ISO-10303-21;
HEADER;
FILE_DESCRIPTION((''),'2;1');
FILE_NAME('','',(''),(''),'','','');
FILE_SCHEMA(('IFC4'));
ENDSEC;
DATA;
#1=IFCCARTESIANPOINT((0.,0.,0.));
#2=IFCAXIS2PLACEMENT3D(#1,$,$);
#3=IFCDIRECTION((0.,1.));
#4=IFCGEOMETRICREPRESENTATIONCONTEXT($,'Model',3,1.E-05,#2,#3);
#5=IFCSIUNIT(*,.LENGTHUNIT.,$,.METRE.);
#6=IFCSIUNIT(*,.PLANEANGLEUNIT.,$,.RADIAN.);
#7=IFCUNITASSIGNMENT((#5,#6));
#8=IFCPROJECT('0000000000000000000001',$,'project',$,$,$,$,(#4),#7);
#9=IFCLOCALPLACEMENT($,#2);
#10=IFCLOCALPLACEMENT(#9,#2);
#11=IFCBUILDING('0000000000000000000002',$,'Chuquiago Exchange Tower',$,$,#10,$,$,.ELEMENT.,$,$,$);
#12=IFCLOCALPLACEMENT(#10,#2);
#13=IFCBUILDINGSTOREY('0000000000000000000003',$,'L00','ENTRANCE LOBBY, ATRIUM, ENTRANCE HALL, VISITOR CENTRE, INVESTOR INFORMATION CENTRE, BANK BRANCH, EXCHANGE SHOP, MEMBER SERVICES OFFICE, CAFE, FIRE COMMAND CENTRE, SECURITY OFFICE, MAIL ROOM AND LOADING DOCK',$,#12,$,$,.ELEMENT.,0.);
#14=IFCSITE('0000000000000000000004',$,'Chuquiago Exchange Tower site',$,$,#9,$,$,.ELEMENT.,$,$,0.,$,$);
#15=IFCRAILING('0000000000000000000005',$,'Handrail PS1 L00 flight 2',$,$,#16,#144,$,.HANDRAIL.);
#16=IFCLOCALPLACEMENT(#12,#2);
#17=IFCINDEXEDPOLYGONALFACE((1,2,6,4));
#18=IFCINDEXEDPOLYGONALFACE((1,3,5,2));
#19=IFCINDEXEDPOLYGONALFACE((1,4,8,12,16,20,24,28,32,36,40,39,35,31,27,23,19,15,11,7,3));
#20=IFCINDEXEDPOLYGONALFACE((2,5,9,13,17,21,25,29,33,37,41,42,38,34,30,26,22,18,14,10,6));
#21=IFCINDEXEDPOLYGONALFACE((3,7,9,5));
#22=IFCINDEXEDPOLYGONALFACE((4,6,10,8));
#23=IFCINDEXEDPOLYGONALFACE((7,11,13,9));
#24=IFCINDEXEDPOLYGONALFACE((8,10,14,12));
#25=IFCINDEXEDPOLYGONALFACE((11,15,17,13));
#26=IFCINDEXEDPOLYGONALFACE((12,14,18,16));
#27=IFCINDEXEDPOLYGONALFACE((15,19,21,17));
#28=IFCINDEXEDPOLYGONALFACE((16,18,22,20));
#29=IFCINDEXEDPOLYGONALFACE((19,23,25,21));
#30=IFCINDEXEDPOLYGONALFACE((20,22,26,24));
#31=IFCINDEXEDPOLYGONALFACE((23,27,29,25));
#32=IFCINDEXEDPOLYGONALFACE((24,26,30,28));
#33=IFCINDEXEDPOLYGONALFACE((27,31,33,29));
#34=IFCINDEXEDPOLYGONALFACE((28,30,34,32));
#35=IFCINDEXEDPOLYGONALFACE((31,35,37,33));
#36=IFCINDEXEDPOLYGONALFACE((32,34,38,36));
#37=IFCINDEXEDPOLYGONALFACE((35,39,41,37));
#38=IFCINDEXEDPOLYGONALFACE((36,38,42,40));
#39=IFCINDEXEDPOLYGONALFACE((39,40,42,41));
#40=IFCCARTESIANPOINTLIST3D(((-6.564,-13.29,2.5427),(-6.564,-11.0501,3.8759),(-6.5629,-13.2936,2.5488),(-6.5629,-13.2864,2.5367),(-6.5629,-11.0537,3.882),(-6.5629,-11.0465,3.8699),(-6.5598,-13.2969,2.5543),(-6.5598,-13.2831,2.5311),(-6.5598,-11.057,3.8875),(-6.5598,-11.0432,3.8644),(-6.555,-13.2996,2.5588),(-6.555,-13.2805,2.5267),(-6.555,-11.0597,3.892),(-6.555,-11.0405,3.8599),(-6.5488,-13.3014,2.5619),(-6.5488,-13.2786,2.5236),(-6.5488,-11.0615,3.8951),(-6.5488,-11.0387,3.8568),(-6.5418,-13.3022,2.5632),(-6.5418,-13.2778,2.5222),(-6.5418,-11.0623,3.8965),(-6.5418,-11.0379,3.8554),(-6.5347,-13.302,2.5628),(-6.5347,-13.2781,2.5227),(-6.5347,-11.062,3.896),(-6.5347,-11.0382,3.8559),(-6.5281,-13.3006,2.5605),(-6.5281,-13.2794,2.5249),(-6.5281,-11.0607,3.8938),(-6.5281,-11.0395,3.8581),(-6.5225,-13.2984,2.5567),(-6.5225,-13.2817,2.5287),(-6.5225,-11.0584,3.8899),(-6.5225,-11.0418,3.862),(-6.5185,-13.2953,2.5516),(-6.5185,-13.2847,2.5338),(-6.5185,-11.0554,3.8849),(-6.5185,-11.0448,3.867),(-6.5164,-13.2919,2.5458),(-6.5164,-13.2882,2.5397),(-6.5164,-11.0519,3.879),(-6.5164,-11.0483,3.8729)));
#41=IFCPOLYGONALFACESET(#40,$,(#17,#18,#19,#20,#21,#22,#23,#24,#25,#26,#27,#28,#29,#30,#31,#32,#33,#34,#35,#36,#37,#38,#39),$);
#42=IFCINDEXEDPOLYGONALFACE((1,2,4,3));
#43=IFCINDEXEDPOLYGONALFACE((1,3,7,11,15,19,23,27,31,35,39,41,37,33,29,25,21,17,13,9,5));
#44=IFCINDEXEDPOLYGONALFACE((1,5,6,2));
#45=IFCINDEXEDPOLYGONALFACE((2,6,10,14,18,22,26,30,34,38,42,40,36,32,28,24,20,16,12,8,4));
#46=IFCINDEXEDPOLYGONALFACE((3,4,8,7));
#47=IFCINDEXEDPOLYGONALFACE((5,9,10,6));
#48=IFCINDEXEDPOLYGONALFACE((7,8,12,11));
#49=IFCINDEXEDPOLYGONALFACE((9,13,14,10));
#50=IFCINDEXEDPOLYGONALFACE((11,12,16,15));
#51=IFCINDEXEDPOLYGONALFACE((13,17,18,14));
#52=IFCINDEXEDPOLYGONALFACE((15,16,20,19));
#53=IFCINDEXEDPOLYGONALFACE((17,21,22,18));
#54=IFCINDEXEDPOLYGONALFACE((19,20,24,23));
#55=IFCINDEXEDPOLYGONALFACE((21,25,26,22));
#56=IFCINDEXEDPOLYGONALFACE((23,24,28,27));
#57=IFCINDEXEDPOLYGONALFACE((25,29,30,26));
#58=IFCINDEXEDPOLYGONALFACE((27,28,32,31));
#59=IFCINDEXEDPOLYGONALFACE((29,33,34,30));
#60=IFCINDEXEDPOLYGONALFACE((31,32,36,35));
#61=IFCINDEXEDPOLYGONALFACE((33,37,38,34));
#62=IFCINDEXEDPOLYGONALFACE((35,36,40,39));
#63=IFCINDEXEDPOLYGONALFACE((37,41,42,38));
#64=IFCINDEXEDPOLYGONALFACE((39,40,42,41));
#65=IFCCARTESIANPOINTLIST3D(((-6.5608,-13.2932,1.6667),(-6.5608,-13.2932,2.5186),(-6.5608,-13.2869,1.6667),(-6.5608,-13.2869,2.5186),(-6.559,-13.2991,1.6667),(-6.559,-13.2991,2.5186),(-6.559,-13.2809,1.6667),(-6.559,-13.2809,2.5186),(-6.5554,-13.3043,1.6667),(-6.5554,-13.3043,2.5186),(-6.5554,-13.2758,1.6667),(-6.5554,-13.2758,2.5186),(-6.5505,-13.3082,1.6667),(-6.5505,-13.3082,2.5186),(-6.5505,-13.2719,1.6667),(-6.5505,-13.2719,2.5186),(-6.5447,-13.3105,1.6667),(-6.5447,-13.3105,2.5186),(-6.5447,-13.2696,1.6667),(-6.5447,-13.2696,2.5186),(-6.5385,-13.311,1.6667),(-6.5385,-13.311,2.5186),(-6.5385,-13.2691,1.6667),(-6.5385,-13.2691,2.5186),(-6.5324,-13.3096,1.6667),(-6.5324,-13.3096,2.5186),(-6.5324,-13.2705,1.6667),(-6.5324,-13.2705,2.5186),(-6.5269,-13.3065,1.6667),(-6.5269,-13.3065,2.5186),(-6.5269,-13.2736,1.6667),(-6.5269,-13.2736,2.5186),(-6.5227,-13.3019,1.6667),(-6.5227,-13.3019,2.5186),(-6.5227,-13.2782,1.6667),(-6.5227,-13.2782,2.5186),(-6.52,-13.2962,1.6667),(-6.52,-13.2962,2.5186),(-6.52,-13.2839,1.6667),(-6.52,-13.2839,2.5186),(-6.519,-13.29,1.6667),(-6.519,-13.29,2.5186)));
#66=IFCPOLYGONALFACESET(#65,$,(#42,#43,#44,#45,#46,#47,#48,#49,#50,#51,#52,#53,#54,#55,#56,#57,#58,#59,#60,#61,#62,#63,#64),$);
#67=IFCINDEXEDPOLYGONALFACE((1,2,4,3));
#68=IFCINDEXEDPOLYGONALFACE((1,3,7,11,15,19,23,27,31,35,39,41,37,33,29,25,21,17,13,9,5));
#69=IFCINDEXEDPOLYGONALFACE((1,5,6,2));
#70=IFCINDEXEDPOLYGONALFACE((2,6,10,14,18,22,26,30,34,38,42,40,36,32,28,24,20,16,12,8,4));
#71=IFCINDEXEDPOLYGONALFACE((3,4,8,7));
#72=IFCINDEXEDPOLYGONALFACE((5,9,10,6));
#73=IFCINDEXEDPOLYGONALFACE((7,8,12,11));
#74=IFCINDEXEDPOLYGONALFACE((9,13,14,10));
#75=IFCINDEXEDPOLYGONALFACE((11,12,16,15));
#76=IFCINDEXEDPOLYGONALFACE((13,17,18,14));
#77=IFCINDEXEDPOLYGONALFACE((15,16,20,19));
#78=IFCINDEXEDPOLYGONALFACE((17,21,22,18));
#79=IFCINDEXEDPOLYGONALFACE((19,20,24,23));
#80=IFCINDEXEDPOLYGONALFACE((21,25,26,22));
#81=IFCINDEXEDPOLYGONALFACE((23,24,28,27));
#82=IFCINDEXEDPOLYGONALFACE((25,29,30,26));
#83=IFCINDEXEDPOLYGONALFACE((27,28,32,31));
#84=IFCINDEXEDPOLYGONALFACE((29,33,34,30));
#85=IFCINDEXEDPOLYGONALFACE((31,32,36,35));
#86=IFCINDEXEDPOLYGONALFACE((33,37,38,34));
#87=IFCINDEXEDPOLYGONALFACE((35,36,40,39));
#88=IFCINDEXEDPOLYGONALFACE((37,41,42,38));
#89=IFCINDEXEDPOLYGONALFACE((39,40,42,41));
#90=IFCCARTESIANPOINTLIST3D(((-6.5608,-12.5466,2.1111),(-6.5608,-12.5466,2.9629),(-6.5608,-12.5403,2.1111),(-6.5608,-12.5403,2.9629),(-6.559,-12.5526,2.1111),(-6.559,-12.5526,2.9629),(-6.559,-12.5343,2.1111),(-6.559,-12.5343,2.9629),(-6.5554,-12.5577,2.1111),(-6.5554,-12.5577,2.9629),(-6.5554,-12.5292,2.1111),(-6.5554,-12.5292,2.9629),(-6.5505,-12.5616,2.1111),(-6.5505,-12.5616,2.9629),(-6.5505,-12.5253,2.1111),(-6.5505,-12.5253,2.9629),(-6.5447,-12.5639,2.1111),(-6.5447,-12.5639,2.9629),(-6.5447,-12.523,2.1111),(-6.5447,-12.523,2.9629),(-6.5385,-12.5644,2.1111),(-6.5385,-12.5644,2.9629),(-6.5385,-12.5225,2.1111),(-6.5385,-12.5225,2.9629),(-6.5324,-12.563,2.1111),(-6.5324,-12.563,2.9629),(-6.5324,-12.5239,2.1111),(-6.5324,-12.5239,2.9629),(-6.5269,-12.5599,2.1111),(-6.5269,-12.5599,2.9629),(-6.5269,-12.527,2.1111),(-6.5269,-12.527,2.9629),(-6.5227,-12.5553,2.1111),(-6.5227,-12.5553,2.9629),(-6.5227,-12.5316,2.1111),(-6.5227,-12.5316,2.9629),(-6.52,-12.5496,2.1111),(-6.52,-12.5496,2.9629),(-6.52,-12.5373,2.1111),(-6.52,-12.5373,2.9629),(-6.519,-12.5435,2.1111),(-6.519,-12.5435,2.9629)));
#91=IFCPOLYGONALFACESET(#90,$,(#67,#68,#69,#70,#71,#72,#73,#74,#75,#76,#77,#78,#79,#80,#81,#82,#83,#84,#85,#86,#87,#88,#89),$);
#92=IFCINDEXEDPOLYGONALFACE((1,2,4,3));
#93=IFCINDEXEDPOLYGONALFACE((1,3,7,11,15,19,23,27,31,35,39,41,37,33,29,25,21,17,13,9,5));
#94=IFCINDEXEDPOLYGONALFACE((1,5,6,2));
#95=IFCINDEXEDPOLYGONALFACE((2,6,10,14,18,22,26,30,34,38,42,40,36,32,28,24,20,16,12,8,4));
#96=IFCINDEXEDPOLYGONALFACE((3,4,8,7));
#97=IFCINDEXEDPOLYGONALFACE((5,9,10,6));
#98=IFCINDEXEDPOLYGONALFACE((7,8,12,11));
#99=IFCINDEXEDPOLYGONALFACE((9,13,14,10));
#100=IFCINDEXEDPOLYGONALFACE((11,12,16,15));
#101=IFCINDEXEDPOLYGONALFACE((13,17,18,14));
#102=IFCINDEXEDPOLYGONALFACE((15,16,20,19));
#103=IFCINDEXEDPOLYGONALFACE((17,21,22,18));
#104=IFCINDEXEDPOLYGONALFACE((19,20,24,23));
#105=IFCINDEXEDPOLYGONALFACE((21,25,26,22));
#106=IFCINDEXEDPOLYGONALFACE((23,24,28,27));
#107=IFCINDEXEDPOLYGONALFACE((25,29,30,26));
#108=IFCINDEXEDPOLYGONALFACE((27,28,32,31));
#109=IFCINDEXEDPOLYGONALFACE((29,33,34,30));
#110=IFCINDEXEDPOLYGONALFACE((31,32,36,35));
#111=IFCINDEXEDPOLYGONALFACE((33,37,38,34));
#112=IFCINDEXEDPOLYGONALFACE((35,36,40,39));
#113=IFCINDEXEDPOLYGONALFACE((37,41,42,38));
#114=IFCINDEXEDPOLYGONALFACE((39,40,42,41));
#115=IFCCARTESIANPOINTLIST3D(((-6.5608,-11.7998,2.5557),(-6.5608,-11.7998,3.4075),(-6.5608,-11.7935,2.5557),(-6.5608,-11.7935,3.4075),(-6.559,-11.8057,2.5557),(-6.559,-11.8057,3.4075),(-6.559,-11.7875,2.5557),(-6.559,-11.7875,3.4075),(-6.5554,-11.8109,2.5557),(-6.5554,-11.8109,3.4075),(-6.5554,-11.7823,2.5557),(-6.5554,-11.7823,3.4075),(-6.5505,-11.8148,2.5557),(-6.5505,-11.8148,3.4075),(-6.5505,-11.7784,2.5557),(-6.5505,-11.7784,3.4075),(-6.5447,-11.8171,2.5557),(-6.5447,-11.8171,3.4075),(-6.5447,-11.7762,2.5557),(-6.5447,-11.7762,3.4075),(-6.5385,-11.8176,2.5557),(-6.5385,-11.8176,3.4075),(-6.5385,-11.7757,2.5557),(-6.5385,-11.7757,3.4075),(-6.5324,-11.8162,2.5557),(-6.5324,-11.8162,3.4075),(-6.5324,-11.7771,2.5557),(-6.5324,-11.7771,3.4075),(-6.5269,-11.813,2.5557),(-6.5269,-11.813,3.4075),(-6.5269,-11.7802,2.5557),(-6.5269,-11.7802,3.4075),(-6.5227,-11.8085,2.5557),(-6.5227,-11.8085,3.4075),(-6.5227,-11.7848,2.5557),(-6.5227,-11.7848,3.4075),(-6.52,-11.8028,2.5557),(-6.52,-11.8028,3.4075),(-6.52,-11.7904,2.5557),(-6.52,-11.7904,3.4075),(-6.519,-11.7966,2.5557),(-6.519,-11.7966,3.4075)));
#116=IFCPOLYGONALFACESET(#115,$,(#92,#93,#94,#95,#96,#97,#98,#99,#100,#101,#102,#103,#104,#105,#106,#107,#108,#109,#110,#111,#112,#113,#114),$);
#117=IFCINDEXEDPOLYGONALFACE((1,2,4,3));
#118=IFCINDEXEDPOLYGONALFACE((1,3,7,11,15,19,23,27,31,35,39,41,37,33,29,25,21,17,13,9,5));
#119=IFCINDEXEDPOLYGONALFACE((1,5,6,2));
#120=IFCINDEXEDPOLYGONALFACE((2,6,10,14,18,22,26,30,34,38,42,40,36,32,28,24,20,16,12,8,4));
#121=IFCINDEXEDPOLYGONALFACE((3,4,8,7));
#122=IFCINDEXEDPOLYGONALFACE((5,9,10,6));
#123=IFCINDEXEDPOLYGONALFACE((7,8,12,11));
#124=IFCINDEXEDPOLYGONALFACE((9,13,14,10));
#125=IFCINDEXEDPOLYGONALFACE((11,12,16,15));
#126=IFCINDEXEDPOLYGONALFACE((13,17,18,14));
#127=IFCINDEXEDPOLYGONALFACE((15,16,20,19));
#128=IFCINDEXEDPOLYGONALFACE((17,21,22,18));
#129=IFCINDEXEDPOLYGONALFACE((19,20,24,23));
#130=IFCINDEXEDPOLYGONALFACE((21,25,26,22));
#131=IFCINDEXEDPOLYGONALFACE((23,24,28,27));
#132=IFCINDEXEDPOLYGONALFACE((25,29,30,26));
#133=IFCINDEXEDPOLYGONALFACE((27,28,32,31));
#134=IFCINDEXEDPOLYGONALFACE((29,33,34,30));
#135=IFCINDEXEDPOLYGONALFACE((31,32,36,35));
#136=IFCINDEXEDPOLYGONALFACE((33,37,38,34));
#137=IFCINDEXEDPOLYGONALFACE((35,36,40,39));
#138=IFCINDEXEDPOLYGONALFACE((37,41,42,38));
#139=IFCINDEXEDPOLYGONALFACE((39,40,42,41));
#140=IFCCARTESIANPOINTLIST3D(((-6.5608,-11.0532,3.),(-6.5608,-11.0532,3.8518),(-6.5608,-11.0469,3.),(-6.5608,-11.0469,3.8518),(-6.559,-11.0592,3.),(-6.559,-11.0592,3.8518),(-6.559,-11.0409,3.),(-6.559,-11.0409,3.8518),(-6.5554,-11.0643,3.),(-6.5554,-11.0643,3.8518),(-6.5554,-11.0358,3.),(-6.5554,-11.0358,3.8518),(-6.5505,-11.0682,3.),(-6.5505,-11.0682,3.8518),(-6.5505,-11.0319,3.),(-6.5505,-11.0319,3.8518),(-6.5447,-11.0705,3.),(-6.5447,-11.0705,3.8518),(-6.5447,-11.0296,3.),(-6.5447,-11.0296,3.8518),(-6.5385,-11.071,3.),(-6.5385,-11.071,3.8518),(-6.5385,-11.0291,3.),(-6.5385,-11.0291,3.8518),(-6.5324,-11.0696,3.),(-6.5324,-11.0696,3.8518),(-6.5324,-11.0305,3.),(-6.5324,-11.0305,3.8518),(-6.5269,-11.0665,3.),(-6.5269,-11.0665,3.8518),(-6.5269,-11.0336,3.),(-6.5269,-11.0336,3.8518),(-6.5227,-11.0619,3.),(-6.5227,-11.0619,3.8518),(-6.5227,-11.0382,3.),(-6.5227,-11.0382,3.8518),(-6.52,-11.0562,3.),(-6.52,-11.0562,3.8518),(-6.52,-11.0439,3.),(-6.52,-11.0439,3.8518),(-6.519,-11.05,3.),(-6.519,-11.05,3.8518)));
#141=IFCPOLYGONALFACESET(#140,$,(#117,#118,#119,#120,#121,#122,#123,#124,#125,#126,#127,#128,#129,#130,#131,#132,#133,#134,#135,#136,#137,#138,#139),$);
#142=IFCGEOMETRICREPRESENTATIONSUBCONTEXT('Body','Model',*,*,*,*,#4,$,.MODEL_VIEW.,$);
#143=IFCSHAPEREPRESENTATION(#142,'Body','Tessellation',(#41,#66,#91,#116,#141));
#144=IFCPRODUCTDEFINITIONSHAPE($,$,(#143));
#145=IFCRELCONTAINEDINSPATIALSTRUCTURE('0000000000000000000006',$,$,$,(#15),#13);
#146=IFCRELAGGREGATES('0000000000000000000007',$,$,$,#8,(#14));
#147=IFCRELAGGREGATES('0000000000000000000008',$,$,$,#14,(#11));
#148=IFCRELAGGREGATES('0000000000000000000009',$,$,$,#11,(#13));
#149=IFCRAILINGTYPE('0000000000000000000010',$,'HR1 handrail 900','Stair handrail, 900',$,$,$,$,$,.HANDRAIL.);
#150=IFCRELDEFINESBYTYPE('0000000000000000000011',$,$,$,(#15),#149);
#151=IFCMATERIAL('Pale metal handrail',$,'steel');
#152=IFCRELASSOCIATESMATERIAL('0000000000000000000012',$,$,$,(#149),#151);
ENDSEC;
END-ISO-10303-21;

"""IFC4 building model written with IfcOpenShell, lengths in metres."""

from ifc_helpers import new_model, si_unit, direction, frame, origin, origin_2d, place, context, subcontext, project, spatial, circle, extrude, material, type_object, element, save


model = new_model("IFC4")

# Units and contexts
model_context = context("Model", 3, precision=1e-05, world=origin(), true_north=direction((0.0, 1.0)))
body_context = subcontext(model_context, "Body", "Model", "MODEL_VIEW")
ifc_project = project(units=[si_unit("LENGTHUNIT", "METRE"), si_unit("PLANEANGLEUNIT", "RADIAN")], contexts=[model_context])

# Site, building, storey
site_placement = place(None, origin())
site = spatial("IfcSite", under=ifc_project, at=site_placement, Name="Chuquiago Exchange Tower site", CompositionType="ELEMENT", RefElevation=0.0)
building_placement = place(site_placement, origin())
building = spatial("IfcBuilding", under=site, at=building_placement, Name="Chuquiago Exchange Tower", CompositionType="ELEMENT")
storey_placement = place(building_placement, origin())
storey = spatial("IfcBuildingStorey", under=building, at=storey_placement, Name="L00", Description="ENTRANCE LOBBY, ATRIUM, ENTRANCE HALL, VISITOR CENTRE, INVESTOR INFORMATION CENTRE, BANK BRANCH, EXCHANGE SHOP, MEMBER SERVICES OFFICE, CAFE, FIRE COMMAND CENTRE, SECURITY OFFICE, MAIL ROOM AND LOADING DOCK", CompositionType="ELEMENT", Elevation=0.0)

# Railing
ifc_material_1 = material(Name="Pale metal handrail", Category="steel")
railing_type = type_object("IfcRailingType", Name="HR1 handrail 900", Description="Stair handrail, 900", PredefinedType="HANDRAIL", material=ifc_material_1)
railing_placement = place(storey_placement, frame((-6.54, -13.29, 1.6667)))
element("IfcRailing", 1, at=railing_placement, inside=storey, type_object=railing_type, Name="Handrail PS1 L00 flight 2", PredefinedType="HANDRAIL", context=body_context, shape_type="SweptSolid", body=[
    extrude(circle(Radius=0.0239, at=origin_2d()), frame((0.0, 0.0, 0.876), z_axis=(0.0, 0.859306, 0.511462), x_axis=(-1.0, 0.0, 0.0)), (0.0, 0.0, 1.0), 2.6067),
    extrude(circle(Radius=0.021, at=origin_2d()), origin(), (0.0, 0.0, 1.0), 0.8518),
    extrude(circle(Radius=0.021, at=origin_2d()), frame((0.0, 0.7466, 0.4443)), (0.0, 0.0, 1.0), 0.8518),
    extrude(circle(Radius=0.021, at=origin_2d()), frame((0.0, 1.4934, 0.8889)), (0.0, 0.0, 1.0), 0.8518),
    extrude(circle(Radius=0.021, at=origin_2d()), frame((0.0, 2.24, 1.3333)), (0.0, 0.0, 1.0), 0.8518),
])

save(model, "model.ifc")
